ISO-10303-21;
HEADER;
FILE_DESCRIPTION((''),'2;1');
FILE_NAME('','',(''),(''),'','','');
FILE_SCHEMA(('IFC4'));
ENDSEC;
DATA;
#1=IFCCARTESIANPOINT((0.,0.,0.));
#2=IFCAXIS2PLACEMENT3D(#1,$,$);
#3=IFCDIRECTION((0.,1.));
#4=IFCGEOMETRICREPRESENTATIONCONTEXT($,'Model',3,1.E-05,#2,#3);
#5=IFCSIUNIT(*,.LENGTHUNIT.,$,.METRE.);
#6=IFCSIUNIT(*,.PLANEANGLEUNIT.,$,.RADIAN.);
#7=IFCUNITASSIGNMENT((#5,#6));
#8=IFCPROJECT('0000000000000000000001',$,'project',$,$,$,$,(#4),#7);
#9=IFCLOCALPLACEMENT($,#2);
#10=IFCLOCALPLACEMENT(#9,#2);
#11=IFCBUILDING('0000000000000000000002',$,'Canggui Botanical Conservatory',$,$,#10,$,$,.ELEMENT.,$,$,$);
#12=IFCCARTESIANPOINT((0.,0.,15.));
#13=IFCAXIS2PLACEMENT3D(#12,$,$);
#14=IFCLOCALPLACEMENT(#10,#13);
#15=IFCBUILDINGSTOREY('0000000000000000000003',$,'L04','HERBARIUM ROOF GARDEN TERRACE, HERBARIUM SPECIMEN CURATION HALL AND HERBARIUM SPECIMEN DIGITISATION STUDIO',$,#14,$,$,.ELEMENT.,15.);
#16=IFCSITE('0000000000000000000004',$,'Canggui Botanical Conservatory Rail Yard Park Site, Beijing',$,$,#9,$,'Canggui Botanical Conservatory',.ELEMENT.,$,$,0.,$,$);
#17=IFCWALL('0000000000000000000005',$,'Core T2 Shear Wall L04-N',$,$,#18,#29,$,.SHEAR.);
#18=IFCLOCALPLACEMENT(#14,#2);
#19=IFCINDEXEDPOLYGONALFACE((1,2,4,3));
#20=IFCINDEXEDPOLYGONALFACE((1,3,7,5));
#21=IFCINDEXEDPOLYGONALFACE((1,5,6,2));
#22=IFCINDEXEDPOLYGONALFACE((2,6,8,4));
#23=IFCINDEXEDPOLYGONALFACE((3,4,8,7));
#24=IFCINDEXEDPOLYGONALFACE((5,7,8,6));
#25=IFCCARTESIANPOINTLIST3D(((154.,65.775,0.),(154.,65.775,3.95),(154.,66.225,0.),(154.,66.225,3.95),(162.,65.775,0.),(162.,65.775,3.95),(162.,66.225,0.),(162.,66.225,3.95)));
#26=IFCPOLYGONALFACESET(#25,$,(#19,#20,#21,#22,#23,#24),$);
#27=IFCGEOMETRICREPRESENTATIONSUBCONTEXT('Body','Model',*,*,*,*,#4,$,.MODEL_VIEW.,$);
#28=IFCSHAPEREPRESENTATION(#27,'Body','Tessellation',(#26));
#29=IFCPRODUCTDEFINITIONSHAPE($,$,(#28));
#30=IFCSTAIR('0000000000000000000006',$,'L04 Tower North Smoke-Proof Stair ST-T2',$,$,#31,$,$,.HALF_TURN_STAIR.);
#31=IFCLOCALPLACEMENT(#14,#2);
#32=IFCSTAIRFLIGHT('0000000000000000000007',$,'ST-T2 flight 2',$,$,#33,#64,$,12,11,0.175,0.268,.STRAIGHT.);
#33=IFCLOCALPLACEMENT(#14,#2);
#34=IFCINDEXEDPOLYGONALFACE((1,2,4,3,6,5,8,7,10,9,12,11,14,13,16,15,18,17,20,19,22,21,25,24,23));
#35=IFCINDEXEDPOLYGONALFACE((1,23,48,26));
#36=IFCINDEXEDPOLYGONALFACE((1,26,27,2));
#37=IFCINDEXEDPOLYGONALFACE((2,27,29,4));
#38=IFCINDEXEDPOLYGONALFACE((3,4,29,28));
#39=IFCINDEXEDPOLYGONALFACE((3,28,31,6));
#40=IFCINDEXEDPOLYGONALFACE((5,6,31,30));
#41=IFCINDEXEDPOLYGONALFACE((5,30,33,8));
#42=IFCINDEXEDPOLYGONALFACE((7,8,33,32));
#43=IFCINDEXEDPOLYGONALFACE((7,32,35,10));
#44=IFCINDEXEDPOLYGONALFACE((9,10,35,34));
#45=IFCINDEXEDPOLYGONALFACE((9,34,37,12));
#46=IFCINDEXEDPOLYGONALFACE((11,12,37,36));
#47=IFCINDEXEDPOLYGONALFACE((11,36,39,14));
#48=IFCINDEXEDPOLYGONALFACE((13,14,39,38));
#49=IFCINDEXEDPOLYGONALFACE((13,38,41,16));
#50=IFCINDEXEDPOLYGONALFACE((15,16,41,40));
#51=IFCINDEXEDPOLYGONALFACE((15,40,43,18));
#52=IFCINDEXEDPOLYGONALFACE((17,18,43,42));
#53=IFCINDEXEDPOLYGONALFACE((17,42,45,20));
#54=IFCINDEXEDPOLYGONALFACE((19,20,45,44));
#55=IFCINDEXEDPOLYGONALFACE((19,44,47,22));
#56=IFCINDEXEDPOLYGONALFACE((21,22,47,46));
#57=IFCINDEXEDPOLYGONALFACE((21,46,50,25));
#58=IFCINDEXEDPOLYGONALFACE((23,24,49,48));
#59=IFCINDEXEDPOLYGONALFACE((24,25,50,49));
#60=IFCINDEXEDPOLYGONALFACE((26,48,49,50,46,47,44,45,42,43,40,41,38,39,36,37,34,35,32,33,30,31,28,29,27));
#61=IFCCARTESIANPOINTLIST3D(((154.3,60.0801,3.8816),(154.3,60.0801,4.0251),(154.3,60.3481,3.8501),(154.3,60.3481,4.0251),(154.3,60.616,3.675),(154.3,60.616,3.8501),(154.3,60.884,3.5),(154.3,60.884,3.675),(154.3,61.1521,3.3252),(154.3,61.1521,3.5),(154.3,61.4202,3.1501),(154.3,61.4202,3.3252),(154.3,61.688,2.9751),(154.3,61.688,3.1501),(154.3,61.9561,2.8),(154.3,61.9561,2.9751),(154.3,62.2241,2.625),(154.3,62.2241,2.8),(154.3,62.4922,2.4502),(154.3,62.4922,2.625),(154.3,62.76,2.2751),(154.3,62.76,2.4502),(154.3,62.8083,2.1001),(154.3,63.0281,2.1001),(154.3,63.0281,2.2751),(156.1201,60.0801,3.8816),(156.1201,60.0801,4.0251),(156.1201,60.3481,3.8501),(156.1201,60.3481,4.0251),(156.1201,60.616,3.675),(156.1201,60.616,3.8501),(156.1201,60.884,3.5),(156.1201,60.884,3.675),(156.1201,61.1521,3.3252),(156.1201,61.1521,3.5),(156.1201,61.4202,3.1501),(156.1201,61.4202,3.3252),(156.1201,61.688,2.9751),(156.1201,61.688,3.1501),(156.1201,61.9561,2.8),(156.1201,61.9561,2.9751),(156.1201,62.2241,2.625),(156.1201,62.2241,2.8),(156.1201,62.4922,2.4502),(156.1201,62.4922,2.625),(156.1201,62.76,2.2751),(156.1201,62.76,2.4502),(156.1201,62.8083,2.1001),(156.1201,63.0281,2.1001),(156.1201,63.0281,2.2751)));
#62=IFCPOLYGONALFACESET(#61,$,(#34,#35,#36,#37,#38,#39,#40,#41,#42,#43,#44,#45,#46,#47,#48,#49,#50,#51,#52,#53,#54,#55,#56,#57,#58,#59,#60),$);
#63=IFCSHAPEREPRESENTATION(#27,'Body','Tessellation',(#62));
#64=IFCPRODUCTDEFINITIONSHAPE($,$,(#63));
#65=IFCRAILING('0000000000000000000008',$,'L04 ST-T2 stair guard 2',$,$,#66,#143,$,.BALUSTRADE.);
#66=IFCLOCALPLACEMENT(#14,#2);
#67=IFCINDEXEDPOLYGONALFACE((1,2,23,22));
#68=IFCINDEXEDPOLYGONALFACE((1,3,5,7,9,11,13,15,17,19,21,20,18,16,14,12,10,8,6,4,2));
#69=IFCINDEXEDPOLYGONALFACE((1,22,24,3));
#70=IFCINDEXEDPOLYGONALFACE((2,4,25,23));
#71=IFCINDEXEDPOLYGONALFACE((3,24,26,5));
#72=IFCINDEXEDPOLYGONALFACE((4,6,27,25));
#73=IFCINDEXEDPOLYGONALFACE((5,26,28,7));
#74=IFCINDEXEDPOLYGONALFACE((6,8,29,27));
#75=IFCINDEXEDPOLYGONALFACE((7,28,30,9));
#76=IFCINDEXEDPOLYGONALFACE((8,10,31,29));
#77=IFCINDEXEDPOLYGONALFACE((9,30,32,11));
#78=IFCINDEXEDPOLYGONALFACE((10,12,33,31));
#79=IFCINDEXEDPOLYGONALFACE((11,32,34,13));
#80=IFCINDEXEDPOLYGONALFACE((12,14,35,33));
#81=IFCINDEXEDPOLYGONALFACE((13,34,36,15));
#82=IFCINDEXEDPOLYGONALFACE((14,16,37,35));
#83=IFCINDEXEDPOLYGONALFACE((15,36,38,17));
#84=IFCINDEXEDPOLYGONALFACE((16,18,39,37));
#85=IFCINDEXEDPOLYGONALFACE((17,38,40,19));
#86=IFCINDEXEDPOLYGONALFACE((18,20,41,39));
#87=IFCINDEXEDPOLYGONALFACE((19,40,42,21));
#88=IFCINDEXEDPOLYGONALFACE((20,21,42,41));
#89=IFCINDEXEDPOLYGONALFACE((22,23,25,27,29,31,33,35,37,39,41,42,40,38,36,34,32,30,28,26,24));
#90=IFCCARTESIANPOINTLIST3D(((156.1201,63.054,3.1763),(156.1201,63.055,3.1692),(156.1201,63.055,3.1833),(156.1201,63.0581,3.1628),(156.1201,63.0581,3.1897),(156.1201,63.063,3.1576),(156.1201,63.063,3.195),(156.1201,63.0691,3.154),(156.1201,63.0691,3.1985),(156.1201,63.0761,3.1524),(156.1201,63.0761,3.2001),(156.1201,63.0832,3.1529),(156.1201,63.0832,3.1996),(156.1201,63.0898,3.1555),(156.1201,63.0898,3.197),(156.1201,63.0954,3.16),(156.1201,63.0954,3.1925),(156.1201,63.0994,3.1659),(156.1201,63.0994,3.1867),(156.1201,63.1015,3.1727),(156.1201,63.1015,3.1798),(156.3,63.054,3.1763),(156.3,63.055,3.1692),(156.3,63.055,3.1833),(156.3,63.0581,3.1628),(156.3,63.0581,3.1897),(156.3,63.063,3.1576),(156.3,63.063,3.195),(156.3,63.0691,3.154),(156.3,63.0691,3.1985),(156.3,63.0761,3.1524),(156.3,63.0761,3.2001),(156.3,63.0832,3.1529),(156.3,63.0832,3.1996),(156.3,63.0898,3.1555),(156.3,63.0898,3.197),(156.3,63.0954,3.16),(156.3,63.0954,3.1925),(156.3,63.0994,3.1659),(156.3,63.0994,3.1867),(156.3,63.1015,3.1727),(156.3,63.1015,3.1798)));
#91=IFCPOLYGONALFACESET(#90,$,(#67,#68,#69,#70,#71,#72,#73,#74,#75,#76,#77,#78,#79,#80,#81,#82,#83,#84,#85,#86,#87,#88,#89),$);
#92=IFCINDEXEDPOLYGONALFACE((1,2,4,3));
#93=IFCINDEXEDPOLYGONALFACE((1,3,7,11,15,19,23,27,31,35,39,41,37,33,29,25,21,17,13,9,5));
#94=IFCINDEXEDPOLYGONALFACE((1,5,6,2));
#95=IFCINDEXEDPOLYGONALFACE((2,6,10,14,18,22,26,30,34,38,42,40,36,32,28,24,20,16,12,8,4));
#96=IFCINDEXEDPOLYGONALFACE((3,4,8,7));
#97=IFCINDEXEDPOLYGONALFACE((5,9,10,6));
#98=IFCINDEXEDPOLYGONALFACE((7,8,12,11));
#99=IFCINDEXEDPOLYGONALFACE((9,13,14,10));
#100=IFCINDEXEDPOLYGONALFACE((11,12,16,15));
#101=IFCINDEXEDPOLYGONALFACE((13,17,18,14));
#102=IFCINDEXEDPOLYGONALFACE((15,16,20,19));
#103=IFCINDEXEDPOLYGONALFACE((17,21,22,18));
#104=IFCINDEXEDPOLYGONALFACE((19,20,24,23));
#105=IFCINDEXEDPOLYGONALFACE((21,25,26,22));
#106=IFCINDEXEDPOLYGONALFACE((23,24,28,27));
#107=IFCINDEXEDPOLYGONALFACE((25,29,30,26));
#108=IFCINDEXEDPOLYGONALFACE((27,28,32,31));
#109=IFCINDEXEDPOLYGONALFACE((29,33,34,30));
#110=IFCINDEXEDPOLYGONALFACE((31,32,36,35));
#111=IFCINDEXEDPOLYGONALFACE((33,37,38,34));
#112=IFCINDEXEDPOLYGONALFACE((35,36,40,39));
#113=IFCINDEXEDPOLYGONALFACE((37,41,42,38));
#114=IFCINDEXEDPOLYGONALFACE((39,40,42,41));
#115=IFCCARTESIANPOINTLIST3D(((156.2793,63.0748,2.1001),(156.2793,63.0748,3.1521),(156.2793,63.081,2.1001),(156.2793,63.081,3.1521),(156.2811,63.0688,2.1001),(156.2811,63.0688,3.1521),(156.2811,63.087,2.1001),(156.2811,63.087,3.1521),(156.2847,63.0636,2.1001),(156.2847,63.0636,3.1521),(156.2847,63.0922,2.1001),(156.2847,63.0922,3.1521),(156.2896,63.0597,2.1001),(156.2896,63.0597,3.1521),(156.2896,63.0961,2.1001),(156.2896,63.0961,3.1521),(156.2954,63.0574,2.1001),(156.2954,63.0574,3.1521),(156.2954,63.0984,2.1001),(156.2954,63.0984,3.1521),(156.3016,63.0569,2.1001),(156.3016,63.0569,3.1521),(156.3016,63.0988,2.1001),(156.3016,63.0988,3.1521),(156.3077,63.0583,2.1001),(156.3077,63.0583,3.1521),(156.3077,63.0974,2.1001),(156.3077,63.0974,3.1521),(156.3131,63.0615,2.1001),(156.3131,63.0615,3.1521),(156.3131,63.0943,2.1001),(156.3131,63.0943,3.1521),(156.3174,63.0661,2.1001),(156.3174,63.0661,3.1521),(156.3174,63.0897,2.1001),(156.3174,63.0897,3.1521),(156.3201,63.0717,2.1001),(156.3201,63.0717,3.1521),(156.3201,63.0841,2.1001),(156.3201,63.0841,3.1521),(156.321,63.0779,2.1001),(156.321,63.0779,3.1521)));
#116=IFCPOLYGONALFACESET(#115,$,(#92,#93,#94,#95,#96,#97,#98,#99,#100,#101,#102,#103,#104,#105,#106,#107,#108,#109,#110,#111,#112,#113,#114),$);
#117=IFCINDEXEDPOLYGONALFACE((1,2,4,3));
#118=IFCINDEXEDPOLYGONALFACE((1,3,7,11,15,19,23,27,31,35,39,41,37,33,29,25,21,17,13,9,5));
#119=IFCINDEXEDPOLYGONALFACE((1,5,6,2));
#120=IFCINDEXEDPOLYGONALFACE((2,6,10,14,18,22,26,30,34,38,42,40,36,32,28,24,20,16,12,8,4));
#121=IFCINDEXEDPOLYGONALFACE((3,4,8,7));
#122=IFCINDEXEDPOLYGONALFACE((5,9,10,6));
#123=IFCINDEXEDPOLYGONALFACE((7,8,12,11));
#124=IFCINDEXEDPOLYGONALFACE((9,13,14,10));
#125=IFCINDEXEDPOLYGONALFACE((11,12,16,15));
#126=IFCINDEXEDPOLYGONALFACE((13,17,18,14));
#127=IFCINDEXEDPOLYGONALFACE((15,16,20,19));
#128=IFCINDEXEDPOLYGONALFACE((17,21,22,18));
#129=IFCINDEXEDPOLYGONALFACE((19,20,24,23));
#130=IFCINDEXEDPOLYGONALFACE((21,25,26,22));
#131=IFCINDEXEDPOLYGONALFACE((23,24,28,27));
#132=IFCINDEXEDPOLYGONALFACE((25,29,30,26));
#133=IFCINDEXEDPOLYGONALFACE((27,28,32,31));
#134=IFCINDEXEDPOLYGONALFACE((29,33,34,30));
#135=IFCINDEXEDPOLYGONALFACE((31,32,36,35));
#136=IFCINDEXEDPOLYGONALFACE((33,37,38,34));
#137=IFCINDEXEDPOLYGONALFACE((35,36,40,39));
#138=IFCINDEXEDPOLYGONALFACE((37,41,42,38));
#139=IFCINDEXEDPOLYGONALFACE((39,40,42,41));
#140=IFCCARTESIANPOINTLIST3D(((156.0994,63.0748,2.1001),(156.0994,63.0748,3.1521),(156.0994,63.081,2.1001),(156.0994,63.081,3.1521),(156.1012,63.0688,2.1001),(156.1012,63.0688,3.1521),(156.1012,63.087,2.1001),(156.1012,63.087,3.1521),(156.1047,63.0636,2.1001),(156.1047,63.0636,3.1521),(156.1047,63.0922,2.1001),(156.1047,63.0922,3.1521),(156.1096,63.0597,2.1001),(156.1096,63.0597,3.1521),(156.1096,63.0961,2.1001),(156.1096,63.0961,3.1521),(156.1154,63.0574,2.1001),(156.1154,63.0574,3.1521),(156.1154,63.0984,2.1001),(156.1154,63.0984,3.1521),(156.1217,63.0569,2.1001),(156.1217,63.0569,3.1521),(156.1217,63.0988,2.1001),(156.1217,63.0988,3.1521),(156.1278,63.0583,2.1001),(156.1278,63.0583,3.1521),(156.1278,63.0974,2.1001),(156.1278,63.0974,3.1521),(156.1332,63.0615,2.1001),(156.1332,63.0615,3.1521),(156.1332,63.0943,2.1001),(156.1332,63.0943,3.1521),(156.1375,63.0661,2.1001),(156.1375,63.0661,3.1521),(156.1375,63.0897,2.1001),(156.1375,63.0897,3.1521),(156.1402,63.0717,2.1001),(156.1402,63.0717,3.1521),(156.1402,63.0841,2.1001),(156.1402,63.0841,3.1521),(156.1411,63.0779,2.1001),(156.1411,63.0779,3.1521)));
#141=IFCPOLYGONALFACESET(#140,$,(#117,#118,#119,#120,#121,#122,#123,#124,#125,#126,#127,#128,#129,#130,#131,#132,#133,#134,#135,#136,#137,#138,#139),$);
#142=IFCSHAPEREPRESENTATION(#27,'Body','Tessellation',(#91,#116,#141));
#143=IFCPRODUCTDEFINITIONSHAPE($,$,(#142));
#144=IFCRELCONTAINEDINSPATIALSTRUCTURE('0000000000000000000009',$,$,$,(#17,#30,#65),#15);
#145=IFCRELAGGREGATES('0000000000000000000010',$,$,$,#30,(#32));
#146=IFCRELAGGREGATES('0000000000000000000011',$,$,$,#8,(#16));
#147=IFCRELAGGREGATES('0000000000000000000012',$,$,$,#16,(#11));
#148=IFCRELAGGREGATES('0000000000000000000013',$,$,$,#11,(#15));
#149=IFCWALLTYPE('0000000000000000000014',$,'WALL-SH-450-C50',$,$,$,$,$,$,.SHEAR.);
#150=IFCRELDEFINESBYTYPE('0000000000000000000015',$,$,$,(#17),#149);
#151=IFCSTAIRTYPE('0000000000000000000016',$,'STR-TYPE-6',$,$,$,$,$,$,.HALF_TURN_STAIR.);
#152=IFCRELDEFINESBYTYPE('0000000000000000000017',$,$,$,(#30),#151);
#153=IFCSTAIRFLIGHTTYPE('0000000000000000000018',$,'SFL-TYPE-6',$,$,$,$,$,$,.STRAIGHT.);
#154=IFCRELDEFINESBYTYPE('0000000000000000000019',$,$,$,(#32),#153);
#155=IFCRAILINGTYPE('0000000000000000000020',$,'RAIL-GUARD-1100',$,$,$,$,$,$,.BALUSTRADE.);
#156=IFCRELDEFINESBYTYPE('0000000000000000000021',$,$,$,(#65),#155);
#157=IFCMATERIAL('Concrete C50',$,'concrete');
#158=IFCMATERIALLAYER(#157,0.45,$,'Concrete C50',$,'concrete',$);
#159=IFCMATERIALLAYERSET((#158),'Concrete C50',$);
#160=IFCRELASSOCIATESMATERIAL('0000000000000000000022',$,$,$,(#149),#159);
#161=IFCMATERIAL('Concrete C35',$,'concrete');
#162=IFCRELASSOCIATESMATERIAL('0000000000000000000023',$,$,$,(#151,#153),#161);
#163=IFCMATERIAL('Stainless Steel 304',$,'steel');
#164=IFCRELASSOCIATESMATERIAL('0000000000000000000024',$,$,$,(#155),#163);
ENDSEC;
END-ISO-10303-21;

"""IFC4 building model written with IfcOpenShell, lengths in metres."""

from ifc_helpers import new_model, si_unit, direction, frame, frame_2d, origin, origin_2d, place, context, subcontext, project, spatial, polyline, rectangle, circle, outline, extrude, material, layer, layer_set, type_object, element, aggregate, save


model = new_model("IFC4")

# Units and contexts
model_context = context("Model", 3, precision=1e-05, world=origin(), true_north=direction((0.0, 1.0)))
body_context = subcontext(model_context, "Body", "Model", "MODEL_VIEW")
ifc_project = project(units=[si_unit("LENGTHUNIT", "METRE"), si_unit("PLANEANGLEUNIT", "RADIAN")], contexts=[model_context])

# Site, building, storey
site_placement = place(None, origin())
site = spatial("IfcSite", under=ifc_project, at=site_placement, Name="Canggui Botanical Conservatory Rail Yard Park Site, Beijing", LongName="Canggui Botanical Conservatory", CompositionType="ELEMENT", RefElevation=0.0)
building_placement = place(site_placement, origin())
building = spatial("IfcBuilding", under=site, at=building_placement, Name="Canggui Botanical Conservatory", CompositionType="ELEMENT")
storey_placement = place(building_placement, frame((0.0, 0.0, 15.0)))
storey = spatial("IfcBuildingStorey", under=building, at=storey_placement, Name="L04", Description="HERBARIUM ROOF GARDEN TERRACE, HERBARIUM SPECIMEN CURATION HALL AND HERBARIUM SPECIMEN DIGITISATION STUDIO", CompositionType="ELEMENT", Elevation=15.0)

# Shared definitions
ifc_material_1 = material(Name="Concrete C50", Category="concrete")

# Shared definitions
ifc_material_2 = material(Name="Concrete C35", Category="concrete")

# Wall
ifc_layer_1 = layer(ifc_material_1, 0.45, Name="Concrete C50", Category="concrete")
ifc_layer_set_1 = layer_set([ifc_layer_1], Name="Concrete C50")
wall_type_1 = type_object("IfcWallType", Name="WALL-SH-450-C50", PredefinedType="SHEAR", material=ifc_layer_set_1)
wall_1_placement = place(storey_placement, frame((162.0, 66.0, 0.0), z_axis=(0.0, 0.0, 1.0), x_axis=(-1.0, 0.0, 0.0)))
element("IfcWall", 1, at=wall_1_placement, inside=storey, type_object=wall_type_1, Name="Core T2 Shear Wall L04-N", PredefinedType="SHEAR", context=body_context, shape_type="SweptSolid", body=[
    extrude(rectangle(XDim=8.0, YDim=0.45, at=frame_2d((4.0, 0.0))), origin(), (0.0, 0.0, 1.0), 3.95),
])

# Stair, stair flight
stair_type = type_object("IfcStairType", Name="STR-TYPE-6", PredefinedType="HALF_TURN_STAIR", material=ifc_material_2)
stair_placement = place(storey_placement, origin())
stair = element("IfcStair", 2, at=stair_placement, inside=storey, type_object=stair_type, Name="L04 Tower North Smoke-Proof Stair ST-T2", PredefinedType="HALF_TURN_STAIR")
stair_flight_type = type_object("IfcStairFlightType", Name="SFL-TYPE-6", PredefinedType="STRAIGHT", material=ifc_material_2)
stair_flight_placement = place(storey_placement, frame((155.21, 63.0281, 2.1001), z_axis=(0.0, 0.0, 1.0), x_axis=(0.0, -1.0, 0.0)))
stair_flight = element("IfcStairFlight", 3, at=stair_flight_placement, type_object=stair_flight_type, Name="ST-T2 flight 2", NumberOfRisers=12, NumberOfTreads=11, PredefinedType="STRAIGHT", RiserHeight=0.175, TreadLength=0.268, context=body_context, shape_type="SweptSolid", body=[
    extrude(outline(polyline([(0.0, 0.0), (0.0, 0.175), (0.2681, 0.175), (0.2681, 0.3501), (0.5359, 0.3501), (0.5359, 0.5249), (0.804, 0.5249), (0.804, 0.7), (1.072, 0.7), (1.072, 0.875), (1.3401, 0.875), (1.3401, 1.05), (1.6079, 1.05), (1.6079, 1.2251), (1.876, 1.2251), (1.876, 1.3999), (2.144, 1.3999), (2.144, 1.575), (2.4121, 1.575), (2.4121, 1.75), (2.6799, 1.75), (2.6799, 1.925), (2.948, 1.925), (2.948, 2.1001), (2.948, 1.7815), (0.2197, 0.0), (0.0, 0.0)])), frame((0.0, 0.9102, 0.0), z_axis=(0.0, -1.0, 0.0), x_axis=(1.0, 0.0, 0.0)), (0.0, 0.0, 1.0), 1.8201),
])
aggregate(stair, [stair_flight])

# Railing
ifc_material_3 = material(Name="Stainless Steel 304", Category="steel")
railing_type_1 = type_object("IfcRailingType", Name="RAIL-GUARD-1100", PredefinedType="BALUSTRADE", material=ifc_material_3)
railing_1_placement = place(storey_placement, frame((156.3, 63.0779, 2.1001)))
element("IfcRailing", 4, at=railing_1_placement, inside=storey, type_object=railing_type_1, Name="L04 ST-T2 stair guard 2", PredefinedType="BALUSTRADE", context=body_context, shape_type="SweptSolid", body=[
    extrude(circle(Radius=0.0239, at=origin_2d()), frame((0.0, 0.0, 1.0762), z_axis=(-1.0, 0.0, 0.0), x_axis=(0.0, -1.0, 0.0)), (0.0, 0.0, 1.0), 0.1799),
    extrude(circle(Radius=0.021, at=origin_2d()), origin(), (0.0, 0.0, 1.0), 1.052),
    extrude(circle(Radius=0.021, at=origin_2d()), frame((-0.1799, 0.0, 0.0)), (0.0, 0.0, 1.0), 1.052),
])

save(model, "model.ifc")
